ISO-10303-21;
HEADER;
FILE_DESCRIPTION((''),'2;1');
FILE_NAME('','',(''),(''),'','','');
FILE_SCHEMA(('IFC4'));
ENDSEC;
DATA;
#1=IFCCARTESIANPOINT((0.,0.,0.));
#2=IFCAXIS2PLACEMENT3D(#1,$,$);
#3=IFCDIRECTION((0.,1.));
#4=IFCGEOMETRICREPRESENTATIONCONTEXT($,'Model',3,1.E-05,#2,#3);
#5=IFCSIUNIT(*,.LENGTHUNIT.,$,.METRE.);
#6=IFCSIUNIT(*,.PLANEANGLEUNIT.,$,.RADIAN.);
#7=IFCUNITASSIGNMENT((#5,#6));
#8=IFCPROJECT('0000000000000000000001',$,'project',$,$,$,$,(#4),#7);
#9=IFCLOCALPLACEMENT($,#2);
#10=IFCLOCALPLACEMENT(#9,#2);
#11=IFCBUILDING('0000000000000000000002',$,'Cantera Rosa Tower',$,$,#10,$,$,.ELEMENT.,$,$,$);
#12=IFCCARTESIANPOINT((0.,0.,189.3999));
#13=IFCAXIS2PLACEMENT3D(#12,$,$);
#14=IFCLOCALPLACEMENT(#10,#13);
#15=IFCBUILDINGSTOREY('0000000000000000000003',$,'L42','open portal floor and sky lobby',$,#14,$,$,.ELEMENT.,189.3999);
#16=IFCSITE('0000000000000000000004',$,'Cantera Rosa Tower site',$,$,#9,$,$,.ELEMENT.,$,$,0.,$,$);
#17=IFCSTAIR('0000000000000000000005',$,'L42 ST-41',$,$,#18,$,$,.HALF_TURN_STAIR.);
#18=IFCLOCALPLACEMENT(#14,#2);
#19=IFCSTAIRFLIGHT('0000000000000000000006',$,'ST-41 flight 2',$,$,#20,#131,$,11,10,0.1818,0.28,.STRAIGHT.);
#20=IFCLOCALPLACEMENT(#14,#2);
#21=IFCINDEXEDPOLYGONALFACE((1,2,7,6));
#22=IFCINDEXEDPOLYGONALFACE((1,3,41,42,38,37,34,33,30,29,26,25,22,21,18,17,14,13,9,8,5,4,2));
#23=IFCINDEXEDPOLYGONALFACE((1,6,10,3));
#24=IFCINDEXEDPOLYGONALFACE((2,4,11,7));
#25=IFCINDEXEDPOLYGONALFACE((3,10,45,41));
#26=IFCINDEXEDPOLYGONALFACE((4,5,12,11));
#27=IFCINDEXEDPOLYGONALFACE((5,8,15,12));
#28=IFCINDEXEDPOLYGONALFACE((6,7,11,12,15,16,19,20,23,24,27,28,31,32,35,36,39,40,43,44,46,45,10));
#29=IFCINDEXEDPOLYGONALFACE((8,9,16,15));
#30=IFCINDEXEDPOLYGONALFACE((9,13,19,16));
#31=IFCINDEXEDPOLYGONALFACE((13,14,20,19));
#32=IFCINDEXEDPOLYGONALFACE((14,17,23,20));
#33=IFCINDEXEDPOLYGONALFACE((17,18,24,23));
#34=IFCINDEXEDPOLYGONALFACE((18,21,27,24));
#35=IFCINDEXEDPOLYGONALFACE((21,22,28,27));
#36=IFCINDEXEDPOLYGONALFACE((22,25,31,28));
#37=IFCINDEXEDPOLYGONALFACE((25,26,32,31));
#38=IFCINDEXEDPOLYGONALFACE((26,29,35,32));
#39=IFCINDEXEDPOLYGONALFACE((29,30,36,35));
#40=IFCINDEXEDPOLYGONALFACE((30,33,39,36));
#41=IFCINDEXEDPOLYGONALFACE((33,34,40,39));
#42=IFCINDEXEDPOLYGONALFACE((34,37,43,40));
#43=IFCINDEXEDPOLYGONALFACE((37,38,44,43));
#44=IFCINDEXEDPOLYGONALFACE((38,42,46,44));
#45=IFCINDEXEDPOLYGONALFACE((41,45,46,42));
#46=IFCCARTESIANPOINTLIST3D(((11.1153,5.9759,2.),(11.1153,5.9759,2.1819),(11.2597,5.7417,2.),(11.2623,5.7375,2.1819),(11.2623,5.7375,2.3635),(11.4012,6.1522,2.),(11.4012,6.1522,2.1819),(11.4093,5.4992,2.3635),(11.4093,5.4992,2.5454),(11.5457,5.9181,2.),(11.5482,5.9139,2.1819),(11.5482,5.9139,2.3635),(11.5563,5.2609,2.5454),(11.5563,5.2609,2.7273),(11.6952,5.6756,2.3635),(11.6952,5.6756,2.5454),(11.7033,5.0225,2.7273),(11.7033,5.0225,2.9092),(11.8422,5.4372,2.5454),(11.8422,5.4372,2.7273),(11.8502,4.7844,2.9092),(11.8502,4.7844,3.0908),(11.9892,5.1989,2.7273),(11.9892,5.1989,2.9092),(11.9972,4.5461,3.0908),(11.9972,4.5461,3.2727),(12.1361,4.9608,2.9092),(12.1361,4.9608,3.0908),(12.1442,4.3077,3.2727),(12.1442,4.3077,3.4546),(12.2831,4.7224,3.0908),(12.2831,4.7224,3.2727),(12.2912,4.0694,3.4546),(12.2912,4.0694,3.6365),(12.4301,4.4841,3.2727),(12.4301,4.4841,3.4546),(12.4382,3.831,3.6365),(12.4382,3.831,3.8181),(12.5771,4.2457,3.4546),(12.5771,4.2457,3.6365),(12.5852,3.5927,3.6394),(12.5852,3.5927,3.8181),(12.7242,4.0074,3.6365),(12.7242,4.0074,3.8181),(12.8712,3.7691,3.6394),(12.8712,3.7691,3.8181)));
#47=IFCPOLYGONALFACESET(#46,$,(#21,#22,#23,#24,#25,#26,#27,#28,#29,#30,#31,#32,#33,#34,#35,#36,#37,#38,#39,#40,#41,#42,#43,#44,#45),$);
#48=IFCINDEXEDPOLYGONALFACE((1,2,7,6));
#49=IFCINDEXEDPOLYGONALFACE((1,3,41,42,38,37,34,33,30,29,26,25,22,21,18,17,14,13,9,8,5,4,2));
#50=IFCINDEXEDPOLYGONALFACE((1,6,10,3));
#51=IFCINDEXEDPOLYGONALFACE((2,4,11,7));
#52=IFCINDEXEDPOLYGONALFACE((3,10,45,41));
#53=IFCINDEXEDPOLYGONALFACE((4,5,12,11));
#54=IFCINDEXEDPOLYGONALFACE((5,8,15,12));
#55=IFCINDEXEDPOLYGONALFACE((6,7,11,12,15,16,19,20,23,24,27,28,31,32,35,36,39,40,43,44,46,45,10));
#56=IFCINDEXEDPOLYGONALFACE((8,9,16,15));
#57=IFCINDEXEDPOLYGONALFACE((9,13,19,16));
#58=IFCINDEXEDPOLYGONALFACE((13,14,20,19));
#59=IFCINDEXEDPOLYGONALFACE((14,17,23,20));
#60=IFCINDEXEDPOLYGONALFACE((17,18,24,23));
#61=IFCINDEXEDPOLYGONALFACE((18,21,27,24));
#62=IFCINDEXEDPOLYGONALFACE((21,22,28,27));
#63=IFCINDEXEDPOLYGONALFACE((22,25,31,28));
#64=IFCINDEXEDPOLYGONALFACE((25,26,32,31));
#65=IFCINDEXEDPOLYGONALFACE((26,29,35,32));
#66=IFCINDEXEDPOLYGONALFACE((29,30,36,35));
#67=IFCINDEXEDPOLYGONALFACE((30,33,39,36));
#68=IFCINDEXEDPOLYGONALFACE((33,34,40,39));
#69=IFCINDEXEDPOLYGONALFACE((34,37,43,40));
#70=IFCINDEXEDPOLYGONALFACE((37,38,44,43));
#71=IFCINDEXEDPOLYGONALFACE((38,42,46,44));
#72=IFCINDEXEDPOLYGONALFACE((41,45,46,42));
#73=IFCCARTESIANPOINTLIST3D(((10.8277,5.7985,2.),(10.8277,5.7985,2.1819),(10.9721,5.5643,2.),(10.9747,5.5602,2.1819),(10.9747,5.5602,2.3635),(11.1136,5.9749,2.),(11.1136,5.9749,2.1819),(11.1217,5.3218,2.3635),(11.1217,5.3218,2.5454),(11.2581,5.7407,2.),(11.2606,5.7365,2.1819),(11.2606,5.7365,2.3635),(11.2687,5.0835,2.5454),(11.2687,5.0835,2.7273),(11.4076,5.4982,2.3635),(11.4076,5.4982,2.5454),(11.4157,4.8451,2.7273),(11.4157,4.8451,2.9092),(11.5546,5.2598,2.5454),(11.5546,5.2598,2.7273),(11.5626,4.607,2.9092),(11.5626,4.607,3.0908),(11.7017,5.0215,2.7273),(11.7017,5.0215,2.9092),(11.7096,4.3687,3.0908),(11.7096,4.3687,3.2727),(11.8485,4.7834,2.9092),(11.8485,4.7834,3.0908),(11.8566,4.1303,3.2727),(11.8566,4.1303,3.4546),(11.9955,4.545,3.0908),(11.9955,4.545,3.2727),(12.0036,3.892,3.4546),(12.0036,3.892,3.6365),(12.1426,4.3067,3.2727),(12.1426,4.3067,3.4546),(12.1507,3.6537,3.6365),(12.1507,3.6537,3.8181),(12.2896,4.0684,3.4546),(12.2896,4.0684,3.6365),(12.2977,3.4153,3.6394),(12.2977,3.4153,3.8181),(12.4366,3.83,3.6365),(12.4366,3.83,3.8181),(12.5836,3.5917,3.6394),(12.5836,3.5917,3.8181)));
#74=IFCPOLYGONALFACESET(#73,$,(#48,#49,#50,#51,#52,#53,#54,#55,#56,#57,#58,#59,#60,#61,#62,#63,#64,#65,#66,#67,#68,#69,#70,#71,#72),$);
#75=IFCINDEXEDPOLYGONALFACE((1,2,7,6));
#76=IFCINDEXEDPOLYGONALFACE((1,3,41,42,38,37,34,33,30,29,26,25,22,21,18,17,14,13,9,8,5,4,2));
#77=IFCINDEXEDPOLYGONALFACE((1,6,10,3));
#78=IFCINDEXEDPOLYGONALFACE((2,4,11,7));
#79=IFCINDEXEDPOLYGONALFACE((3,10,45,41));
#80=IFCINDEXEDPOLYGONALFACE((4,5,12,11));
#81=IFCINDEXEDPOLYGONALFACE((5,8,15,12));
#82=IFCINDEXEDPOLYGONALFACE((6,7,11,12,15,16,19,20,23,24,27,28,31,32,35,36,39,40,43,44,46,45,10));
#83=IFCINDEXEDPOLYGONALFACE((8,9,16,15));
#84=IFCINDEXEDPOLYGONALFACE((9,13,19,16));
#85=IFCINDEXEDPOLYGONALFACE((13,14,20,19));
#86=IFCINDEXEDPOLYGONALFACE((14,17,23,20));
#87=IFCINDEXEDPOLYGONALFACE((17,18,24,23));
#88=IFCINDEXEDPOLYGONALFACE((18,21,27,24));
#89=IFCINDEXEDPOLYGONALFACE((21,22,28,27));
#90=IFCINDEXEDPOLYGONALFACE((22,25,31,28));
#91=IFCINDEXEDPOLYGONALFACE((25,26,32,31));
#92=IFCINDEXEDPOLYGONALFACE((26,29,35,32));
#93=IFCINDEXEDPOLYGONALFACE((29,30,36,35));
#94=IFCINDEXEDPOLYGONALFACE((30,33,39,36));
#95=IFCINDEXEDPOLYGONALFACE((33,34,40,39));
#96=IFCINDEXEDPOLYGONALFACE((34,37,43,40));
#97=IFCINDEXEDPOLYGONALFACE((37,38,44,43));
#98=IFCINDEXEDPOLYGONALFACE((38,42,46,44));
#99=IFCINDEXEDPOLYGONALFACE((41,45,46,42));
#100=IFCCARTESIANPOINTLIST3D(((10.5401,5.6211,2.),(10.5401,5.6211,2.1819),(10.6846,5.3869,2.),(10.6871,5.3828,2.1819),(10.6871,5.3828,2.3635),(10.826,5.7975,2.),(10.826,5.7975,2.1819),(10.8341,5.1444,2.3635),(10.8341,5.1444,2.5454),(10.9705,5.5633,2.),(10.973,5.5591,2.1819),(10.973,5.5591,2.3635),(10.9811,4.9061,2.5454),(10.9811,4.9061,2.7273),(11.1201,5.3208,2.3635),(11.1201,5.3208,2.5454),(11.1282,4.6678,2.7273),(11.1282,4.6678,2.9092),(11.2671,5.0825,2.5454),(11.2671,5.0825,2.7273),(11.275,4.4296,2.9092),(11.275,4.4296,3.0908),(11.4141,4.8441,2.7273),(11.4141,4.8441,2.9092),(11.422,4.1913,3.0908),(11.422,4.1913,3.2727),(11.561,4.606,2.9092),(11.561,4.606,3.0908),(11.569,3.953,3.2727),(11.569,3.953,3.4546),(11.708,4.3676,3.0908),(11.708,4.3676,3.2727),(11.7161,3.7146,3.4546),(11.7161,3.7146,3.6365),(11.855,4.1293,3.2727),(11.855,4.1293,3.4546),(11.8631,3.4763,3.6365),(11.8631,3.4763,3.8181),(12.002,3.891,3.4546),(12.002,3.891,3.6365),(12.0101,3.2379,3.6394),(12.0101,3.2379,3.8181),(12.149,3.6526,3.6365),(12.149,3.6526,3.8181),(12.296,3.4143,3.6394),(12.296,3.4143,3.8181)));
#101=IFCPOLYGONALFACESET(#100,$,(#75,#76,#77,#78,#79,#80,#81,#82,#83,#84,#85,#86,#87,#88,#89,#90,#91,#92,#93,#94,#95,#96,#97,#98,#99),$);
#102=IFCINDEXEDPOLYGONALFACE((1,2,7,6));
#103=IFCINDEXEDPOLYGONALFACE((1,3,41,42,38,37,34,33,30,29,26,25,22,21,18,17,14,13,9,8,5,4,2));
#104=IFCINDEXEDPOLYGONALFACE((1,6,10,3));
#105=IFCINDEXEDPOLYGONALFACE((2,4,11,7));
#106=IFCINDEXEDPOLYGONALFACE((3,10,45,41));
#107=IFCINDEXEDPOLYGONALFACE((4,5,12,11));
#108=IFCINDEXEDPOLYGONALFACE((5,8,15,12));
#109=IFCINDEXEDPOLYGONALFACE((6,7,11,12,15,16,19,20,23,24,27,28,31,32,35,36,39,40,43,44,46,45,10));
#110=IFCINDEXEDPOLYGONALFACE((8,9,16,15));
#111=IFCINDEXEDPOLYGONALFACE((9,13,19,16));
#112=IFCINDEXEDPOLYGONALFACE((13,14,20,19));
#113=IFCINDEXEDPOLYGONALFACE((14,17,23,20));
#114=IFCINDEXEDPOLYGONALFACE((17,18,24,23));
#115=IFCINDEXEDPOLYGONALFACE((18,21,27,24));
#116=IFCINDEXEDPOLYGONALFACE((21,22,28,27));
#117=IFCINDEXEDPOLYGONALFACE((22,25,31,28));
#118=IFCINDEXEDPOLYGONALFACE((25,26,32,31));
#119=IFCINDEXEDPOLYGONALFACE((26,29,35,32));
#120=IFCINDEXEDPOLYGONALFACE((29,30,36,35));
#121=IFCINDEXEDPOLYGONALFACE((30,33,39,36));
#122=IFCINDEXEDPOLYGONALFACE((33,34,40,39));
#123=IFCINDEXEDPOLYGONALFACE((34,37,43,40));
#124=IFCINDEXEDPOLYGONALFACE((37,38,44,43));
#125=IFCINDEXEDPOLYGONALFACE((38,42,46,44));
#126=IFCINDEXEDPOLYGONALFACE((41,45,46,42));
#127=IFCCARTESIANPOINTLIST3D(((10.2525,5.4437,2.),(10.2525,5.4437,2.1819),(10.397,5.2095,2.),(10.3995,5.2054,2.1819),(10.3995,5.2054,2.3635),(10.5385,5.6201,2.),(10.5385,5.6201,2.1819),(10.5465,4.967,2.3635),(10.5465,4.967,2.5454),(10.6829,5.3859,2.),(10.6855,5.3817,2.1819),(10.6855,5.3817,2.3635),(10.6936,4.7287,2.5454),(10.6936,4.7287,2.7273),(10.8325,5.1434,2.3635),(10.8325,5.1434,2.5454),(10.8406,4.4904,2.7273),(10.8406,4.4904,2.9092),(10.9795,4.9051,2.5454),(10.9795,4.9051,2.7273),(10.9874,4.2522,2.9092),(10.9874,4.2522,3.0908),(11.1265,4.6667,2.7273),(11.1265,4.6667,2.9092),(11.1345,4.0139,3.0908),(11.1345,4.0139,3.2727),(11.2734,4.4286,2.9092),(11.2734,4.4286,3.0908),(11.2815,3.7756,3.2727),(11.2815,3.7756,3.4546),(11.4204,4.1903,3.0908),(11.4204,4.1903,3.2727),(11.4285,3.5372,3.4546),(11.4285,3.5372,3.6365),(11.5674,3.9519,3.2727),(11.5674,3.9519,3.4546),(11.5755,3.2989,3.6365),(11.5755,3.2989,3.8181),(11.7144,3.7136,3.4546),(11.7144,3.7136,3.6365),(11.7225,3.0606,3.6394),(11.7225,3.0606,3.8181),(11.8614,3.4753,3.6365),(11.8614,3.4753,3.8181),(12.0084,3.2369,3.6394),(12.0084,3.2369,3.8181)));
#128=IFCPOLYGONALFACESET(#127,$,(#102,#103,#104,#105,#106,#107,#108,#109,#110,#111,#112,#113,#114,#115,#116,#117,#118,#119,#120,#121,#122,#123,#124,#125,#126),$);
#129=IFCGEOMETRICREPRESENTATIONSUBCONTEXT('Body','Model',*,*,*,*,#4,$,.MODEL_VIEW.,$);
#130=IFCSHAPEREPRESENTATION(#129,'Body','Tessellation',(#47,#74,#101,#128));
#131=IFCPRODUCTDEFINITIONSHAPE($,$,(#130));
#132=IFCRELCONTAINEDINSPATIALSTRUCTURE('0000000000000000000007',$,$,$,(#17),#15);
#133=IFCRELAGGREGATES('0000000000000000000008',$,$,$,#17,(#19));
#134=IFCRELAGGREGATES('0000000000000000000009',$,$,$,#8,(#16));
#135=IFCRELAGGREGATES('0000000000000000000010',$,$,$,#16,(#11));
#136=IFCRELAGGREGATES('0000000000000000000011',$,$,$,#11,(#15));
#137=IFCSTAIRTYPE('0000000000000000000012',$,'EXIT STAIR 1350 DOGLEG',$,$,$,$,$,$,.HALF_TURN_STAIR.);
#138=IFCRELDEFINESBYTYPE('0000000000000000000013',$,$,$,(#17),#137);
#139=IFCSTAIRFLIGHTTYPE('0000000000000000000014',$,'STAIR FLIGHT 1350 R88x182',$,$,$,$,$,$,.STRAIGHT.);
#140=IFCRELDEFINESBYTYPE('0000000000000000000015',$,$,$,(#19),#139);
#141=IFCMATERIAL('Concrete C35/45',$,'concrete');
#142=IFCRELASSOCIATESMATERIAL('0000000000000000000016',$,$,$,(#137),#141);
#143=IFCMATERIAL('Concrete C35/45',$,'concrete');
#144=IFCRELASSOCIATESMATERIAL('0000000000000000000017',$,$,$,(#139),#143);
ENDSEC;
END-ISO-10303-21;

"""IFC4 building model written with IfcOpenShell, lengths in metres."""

from ifc_helpers import new_model, si_unit, direction, frame, origin, place, context, subcontext, project, spatial, polyline, outline, extrude, material, type_object, element, aggregate, save


model = new_model("IFC4")

# Units and contexts
model_context = context("Model", 3, precision=1e-05, world=origin(), true_north=direction((0.0, 1.0)))
body_context = subcontext(model_context, "Body", "Model", "MODEL_VIEW")
ifc_project = project(units=[si_unit("LENGTHUNIT", "METRE"), si_unit("PLANEANGLEUNIT", "RADIAN")], contexts=[model_context])

# Site, building, storey
site_placement = place(None, origin())
site = spatial("IfcSite", under=ifc_project, at=site_placement, Name="Cantera Rosa Tower site", CompositionType="ELEMENT", RefElevation=0.0)
building_placement = place(site_placement, origin())
building = spatial("IfcBuilding", under=site, at=building_placement, Name="Cantera Rosa Tower", CompositionType="ELEMENT")
storey_placement = place(building_placement, frame((0.0, 0.0, 189.3999)))
storey = spatial("IfcBuildingStorey", under=building, at=storey_placement, Name="L42", Description="open portal floor and sky lobby", CompositionType="ELEMENT", Elevation=189.3999)

# Stair, stair flight
ifc_material_1 = material(Name="Concrete C35/45", Category="concrete")
stair_type = type_object("IfcStairType", Name="EXIT STAIR 1350 DOGLEG", PredefinedType="HALF_TURN_STAIR", material=ifc_material_1)
stair_1_placement = place(storey_placement, origin())
stair_1 = element("IfcStair", 1, at=stair_1_placement, inside=storey, type_object=stair_type, Name="L42 ST-41", PredefinedType="HALF_TURN_STAIR")
ifc_material_2 = material(Name="Concrete C35/45", Category="concrete")
stair_flight_type = type_object("IfcStairFlightType", Name="STAIR FLIGHT 1350 R88x182", PredefinedType="STRAIGHT", material=ifc_material_2)
stair_flight_1_placement = place(storey_placement, frame((10.8267, 5.7979, 2.0), z_axis=(0.0, 0.0, 1.0), x_axis=(0.524977, -0.851117, 0.0)))
stair_flight_1 = element("IfcStairFlight", 2, at=stair_flight_1_placement, type_object=stair_flight_type, Name="ST-41 flight 2", NumberOfRisers=11, NumberOfTreads=10, PredefinedType="STRAIGHT", RiserHeight=0.1818, TreadLength=0.28, context=body_context, shape_type="SweptSolid", body=[
    extrude(outline(polyline([(0.0, 0.0), (0.0, 0.1819), (0.28, 0.1819), (0.28, 0.3635), (0.5601, 0.3635), (0.5601, 0.5454), (0.8401, 0.5454), (0.8401, 0.7273), (1.1201, 0.7273), (1.1201, 0.9092), (1.3999, 0.9092), (1.3999, 1.0908), (1.6799, 1.0908), (1.6799, 1.2727), (1.96, 1.2727), (1.96, 1.4546), (2.24, 1.4546), (2.24, 1.6365), (2.52, 1.6365), (2.52, 1.8181), (2.8, 1.8181), (2.8, 2.0), (2.8, 1.6394), (0.2751, 0.0), (0.0, 0.0)])), frame((0.0, 0.675, 0.0), z_axis=(0.0, -1.0, 0.0), x_axis=(1.0, 0.0, 0.0)), (0.0, 0.0, 1.0), 0.3359),
    extrude(outline(polyline([(0.0, 0.0), (0.0, 0.1819), (0.28, 0.1819), (0.28, 0.3635), (0.5601, 0.3635), (0.5601, 0.5454), (0.8401, 0.5454), (0.8401, 0.7273), (1.1201, 0.7273), (1.1201, 0.9092), (1.3999, 0.9092), (1.3999, 1.0908), (1.6799, 1.0908), (1.6799, 1.2727), (1.96, 1.2727), (1.96, 1.4546), (2.24, 1.4546), (2.24, 1.6365), (2.52, 1.6365), (2.52, 1.8181), (2.8, 1.8181), (2.8, 2.0), (2.8, 1.6394), (0.2751, 0.0), (0.0, 0.0)])), frame((0.0, 0.3372, 0.0), z_axis=(0.0, -1.0, 0.0), x_axis=(1.0, 0.0, 0.0)), (0.0, 0.0, 1.0), 0.3359),
    extrude(outline(polyline([(0.0, 0.0), (0.0, 0.1819), (0.28, 0.1819), (0.28, 0.3635), (0.5601, 0.3635), (0.5601, 0.5454), (0.8401, 0.5454), (0.8401, 0.7273), (1.1201, 0.7273), (1.1201, 0.9092), (1.3999, 0.9092), (1.3999, 1.0908), (1.6799, 1.0908), (1.6799, 1.2727), (1.96, 1.2727), (1.96, 1.4546), (2.24, 1.4546), (2.24, 1.6365), (2.52, 1.6365), (2.52, 1.8181), (2.8, 1.8181), (2.8, 2.0), (2.8, 1.6394), (0.2751, 0.0), (0.0, 0.0)])), frame((0.0, -0.0007, 0.0), z_axis=(0.0, -1.0, 0.0), x_axis=(1.0, 0.0, 0.0)), (0.0, 0.0, 1.0), 0.3359),
    extrude(outline(polyline([(0.0, 0.0), (0.0, 0.1819), (0.28, 0.1819), (0.28, 0.3635), (0.5601, 0.3635), (0.5601, 0.5454), (0.8401, 0.5454), (0.8401, 0.7273), (1.1201, 0.7273), (1.1201, 0.9092), (1.3999, 0.9092), (1.3999, 1.0908), (1.6799, 1.0908), (1.6799, 1.2727), (1.96, 1.2727), (1.96, 1.4546), (2.24, 1.4546), (2.24, 1.6365), (2.52, 1.6365), (2.52, 1.8181), (2.8, 1.8181), (2.8, 2.0), (2.8, 1.6394), (0.2751, 0.0), (0.0, 0.0)])), frame((0.0, -0.3386, 0.0), z_axis=(0.0, -1.0, 0.0), x_axis=(1.0, 0.0, 0.0)), (0.0, 0.0, 1.0), 0.3359),
])
aggregate(stair_1, [stair_flight_1])

save(model, "model.ifc")
